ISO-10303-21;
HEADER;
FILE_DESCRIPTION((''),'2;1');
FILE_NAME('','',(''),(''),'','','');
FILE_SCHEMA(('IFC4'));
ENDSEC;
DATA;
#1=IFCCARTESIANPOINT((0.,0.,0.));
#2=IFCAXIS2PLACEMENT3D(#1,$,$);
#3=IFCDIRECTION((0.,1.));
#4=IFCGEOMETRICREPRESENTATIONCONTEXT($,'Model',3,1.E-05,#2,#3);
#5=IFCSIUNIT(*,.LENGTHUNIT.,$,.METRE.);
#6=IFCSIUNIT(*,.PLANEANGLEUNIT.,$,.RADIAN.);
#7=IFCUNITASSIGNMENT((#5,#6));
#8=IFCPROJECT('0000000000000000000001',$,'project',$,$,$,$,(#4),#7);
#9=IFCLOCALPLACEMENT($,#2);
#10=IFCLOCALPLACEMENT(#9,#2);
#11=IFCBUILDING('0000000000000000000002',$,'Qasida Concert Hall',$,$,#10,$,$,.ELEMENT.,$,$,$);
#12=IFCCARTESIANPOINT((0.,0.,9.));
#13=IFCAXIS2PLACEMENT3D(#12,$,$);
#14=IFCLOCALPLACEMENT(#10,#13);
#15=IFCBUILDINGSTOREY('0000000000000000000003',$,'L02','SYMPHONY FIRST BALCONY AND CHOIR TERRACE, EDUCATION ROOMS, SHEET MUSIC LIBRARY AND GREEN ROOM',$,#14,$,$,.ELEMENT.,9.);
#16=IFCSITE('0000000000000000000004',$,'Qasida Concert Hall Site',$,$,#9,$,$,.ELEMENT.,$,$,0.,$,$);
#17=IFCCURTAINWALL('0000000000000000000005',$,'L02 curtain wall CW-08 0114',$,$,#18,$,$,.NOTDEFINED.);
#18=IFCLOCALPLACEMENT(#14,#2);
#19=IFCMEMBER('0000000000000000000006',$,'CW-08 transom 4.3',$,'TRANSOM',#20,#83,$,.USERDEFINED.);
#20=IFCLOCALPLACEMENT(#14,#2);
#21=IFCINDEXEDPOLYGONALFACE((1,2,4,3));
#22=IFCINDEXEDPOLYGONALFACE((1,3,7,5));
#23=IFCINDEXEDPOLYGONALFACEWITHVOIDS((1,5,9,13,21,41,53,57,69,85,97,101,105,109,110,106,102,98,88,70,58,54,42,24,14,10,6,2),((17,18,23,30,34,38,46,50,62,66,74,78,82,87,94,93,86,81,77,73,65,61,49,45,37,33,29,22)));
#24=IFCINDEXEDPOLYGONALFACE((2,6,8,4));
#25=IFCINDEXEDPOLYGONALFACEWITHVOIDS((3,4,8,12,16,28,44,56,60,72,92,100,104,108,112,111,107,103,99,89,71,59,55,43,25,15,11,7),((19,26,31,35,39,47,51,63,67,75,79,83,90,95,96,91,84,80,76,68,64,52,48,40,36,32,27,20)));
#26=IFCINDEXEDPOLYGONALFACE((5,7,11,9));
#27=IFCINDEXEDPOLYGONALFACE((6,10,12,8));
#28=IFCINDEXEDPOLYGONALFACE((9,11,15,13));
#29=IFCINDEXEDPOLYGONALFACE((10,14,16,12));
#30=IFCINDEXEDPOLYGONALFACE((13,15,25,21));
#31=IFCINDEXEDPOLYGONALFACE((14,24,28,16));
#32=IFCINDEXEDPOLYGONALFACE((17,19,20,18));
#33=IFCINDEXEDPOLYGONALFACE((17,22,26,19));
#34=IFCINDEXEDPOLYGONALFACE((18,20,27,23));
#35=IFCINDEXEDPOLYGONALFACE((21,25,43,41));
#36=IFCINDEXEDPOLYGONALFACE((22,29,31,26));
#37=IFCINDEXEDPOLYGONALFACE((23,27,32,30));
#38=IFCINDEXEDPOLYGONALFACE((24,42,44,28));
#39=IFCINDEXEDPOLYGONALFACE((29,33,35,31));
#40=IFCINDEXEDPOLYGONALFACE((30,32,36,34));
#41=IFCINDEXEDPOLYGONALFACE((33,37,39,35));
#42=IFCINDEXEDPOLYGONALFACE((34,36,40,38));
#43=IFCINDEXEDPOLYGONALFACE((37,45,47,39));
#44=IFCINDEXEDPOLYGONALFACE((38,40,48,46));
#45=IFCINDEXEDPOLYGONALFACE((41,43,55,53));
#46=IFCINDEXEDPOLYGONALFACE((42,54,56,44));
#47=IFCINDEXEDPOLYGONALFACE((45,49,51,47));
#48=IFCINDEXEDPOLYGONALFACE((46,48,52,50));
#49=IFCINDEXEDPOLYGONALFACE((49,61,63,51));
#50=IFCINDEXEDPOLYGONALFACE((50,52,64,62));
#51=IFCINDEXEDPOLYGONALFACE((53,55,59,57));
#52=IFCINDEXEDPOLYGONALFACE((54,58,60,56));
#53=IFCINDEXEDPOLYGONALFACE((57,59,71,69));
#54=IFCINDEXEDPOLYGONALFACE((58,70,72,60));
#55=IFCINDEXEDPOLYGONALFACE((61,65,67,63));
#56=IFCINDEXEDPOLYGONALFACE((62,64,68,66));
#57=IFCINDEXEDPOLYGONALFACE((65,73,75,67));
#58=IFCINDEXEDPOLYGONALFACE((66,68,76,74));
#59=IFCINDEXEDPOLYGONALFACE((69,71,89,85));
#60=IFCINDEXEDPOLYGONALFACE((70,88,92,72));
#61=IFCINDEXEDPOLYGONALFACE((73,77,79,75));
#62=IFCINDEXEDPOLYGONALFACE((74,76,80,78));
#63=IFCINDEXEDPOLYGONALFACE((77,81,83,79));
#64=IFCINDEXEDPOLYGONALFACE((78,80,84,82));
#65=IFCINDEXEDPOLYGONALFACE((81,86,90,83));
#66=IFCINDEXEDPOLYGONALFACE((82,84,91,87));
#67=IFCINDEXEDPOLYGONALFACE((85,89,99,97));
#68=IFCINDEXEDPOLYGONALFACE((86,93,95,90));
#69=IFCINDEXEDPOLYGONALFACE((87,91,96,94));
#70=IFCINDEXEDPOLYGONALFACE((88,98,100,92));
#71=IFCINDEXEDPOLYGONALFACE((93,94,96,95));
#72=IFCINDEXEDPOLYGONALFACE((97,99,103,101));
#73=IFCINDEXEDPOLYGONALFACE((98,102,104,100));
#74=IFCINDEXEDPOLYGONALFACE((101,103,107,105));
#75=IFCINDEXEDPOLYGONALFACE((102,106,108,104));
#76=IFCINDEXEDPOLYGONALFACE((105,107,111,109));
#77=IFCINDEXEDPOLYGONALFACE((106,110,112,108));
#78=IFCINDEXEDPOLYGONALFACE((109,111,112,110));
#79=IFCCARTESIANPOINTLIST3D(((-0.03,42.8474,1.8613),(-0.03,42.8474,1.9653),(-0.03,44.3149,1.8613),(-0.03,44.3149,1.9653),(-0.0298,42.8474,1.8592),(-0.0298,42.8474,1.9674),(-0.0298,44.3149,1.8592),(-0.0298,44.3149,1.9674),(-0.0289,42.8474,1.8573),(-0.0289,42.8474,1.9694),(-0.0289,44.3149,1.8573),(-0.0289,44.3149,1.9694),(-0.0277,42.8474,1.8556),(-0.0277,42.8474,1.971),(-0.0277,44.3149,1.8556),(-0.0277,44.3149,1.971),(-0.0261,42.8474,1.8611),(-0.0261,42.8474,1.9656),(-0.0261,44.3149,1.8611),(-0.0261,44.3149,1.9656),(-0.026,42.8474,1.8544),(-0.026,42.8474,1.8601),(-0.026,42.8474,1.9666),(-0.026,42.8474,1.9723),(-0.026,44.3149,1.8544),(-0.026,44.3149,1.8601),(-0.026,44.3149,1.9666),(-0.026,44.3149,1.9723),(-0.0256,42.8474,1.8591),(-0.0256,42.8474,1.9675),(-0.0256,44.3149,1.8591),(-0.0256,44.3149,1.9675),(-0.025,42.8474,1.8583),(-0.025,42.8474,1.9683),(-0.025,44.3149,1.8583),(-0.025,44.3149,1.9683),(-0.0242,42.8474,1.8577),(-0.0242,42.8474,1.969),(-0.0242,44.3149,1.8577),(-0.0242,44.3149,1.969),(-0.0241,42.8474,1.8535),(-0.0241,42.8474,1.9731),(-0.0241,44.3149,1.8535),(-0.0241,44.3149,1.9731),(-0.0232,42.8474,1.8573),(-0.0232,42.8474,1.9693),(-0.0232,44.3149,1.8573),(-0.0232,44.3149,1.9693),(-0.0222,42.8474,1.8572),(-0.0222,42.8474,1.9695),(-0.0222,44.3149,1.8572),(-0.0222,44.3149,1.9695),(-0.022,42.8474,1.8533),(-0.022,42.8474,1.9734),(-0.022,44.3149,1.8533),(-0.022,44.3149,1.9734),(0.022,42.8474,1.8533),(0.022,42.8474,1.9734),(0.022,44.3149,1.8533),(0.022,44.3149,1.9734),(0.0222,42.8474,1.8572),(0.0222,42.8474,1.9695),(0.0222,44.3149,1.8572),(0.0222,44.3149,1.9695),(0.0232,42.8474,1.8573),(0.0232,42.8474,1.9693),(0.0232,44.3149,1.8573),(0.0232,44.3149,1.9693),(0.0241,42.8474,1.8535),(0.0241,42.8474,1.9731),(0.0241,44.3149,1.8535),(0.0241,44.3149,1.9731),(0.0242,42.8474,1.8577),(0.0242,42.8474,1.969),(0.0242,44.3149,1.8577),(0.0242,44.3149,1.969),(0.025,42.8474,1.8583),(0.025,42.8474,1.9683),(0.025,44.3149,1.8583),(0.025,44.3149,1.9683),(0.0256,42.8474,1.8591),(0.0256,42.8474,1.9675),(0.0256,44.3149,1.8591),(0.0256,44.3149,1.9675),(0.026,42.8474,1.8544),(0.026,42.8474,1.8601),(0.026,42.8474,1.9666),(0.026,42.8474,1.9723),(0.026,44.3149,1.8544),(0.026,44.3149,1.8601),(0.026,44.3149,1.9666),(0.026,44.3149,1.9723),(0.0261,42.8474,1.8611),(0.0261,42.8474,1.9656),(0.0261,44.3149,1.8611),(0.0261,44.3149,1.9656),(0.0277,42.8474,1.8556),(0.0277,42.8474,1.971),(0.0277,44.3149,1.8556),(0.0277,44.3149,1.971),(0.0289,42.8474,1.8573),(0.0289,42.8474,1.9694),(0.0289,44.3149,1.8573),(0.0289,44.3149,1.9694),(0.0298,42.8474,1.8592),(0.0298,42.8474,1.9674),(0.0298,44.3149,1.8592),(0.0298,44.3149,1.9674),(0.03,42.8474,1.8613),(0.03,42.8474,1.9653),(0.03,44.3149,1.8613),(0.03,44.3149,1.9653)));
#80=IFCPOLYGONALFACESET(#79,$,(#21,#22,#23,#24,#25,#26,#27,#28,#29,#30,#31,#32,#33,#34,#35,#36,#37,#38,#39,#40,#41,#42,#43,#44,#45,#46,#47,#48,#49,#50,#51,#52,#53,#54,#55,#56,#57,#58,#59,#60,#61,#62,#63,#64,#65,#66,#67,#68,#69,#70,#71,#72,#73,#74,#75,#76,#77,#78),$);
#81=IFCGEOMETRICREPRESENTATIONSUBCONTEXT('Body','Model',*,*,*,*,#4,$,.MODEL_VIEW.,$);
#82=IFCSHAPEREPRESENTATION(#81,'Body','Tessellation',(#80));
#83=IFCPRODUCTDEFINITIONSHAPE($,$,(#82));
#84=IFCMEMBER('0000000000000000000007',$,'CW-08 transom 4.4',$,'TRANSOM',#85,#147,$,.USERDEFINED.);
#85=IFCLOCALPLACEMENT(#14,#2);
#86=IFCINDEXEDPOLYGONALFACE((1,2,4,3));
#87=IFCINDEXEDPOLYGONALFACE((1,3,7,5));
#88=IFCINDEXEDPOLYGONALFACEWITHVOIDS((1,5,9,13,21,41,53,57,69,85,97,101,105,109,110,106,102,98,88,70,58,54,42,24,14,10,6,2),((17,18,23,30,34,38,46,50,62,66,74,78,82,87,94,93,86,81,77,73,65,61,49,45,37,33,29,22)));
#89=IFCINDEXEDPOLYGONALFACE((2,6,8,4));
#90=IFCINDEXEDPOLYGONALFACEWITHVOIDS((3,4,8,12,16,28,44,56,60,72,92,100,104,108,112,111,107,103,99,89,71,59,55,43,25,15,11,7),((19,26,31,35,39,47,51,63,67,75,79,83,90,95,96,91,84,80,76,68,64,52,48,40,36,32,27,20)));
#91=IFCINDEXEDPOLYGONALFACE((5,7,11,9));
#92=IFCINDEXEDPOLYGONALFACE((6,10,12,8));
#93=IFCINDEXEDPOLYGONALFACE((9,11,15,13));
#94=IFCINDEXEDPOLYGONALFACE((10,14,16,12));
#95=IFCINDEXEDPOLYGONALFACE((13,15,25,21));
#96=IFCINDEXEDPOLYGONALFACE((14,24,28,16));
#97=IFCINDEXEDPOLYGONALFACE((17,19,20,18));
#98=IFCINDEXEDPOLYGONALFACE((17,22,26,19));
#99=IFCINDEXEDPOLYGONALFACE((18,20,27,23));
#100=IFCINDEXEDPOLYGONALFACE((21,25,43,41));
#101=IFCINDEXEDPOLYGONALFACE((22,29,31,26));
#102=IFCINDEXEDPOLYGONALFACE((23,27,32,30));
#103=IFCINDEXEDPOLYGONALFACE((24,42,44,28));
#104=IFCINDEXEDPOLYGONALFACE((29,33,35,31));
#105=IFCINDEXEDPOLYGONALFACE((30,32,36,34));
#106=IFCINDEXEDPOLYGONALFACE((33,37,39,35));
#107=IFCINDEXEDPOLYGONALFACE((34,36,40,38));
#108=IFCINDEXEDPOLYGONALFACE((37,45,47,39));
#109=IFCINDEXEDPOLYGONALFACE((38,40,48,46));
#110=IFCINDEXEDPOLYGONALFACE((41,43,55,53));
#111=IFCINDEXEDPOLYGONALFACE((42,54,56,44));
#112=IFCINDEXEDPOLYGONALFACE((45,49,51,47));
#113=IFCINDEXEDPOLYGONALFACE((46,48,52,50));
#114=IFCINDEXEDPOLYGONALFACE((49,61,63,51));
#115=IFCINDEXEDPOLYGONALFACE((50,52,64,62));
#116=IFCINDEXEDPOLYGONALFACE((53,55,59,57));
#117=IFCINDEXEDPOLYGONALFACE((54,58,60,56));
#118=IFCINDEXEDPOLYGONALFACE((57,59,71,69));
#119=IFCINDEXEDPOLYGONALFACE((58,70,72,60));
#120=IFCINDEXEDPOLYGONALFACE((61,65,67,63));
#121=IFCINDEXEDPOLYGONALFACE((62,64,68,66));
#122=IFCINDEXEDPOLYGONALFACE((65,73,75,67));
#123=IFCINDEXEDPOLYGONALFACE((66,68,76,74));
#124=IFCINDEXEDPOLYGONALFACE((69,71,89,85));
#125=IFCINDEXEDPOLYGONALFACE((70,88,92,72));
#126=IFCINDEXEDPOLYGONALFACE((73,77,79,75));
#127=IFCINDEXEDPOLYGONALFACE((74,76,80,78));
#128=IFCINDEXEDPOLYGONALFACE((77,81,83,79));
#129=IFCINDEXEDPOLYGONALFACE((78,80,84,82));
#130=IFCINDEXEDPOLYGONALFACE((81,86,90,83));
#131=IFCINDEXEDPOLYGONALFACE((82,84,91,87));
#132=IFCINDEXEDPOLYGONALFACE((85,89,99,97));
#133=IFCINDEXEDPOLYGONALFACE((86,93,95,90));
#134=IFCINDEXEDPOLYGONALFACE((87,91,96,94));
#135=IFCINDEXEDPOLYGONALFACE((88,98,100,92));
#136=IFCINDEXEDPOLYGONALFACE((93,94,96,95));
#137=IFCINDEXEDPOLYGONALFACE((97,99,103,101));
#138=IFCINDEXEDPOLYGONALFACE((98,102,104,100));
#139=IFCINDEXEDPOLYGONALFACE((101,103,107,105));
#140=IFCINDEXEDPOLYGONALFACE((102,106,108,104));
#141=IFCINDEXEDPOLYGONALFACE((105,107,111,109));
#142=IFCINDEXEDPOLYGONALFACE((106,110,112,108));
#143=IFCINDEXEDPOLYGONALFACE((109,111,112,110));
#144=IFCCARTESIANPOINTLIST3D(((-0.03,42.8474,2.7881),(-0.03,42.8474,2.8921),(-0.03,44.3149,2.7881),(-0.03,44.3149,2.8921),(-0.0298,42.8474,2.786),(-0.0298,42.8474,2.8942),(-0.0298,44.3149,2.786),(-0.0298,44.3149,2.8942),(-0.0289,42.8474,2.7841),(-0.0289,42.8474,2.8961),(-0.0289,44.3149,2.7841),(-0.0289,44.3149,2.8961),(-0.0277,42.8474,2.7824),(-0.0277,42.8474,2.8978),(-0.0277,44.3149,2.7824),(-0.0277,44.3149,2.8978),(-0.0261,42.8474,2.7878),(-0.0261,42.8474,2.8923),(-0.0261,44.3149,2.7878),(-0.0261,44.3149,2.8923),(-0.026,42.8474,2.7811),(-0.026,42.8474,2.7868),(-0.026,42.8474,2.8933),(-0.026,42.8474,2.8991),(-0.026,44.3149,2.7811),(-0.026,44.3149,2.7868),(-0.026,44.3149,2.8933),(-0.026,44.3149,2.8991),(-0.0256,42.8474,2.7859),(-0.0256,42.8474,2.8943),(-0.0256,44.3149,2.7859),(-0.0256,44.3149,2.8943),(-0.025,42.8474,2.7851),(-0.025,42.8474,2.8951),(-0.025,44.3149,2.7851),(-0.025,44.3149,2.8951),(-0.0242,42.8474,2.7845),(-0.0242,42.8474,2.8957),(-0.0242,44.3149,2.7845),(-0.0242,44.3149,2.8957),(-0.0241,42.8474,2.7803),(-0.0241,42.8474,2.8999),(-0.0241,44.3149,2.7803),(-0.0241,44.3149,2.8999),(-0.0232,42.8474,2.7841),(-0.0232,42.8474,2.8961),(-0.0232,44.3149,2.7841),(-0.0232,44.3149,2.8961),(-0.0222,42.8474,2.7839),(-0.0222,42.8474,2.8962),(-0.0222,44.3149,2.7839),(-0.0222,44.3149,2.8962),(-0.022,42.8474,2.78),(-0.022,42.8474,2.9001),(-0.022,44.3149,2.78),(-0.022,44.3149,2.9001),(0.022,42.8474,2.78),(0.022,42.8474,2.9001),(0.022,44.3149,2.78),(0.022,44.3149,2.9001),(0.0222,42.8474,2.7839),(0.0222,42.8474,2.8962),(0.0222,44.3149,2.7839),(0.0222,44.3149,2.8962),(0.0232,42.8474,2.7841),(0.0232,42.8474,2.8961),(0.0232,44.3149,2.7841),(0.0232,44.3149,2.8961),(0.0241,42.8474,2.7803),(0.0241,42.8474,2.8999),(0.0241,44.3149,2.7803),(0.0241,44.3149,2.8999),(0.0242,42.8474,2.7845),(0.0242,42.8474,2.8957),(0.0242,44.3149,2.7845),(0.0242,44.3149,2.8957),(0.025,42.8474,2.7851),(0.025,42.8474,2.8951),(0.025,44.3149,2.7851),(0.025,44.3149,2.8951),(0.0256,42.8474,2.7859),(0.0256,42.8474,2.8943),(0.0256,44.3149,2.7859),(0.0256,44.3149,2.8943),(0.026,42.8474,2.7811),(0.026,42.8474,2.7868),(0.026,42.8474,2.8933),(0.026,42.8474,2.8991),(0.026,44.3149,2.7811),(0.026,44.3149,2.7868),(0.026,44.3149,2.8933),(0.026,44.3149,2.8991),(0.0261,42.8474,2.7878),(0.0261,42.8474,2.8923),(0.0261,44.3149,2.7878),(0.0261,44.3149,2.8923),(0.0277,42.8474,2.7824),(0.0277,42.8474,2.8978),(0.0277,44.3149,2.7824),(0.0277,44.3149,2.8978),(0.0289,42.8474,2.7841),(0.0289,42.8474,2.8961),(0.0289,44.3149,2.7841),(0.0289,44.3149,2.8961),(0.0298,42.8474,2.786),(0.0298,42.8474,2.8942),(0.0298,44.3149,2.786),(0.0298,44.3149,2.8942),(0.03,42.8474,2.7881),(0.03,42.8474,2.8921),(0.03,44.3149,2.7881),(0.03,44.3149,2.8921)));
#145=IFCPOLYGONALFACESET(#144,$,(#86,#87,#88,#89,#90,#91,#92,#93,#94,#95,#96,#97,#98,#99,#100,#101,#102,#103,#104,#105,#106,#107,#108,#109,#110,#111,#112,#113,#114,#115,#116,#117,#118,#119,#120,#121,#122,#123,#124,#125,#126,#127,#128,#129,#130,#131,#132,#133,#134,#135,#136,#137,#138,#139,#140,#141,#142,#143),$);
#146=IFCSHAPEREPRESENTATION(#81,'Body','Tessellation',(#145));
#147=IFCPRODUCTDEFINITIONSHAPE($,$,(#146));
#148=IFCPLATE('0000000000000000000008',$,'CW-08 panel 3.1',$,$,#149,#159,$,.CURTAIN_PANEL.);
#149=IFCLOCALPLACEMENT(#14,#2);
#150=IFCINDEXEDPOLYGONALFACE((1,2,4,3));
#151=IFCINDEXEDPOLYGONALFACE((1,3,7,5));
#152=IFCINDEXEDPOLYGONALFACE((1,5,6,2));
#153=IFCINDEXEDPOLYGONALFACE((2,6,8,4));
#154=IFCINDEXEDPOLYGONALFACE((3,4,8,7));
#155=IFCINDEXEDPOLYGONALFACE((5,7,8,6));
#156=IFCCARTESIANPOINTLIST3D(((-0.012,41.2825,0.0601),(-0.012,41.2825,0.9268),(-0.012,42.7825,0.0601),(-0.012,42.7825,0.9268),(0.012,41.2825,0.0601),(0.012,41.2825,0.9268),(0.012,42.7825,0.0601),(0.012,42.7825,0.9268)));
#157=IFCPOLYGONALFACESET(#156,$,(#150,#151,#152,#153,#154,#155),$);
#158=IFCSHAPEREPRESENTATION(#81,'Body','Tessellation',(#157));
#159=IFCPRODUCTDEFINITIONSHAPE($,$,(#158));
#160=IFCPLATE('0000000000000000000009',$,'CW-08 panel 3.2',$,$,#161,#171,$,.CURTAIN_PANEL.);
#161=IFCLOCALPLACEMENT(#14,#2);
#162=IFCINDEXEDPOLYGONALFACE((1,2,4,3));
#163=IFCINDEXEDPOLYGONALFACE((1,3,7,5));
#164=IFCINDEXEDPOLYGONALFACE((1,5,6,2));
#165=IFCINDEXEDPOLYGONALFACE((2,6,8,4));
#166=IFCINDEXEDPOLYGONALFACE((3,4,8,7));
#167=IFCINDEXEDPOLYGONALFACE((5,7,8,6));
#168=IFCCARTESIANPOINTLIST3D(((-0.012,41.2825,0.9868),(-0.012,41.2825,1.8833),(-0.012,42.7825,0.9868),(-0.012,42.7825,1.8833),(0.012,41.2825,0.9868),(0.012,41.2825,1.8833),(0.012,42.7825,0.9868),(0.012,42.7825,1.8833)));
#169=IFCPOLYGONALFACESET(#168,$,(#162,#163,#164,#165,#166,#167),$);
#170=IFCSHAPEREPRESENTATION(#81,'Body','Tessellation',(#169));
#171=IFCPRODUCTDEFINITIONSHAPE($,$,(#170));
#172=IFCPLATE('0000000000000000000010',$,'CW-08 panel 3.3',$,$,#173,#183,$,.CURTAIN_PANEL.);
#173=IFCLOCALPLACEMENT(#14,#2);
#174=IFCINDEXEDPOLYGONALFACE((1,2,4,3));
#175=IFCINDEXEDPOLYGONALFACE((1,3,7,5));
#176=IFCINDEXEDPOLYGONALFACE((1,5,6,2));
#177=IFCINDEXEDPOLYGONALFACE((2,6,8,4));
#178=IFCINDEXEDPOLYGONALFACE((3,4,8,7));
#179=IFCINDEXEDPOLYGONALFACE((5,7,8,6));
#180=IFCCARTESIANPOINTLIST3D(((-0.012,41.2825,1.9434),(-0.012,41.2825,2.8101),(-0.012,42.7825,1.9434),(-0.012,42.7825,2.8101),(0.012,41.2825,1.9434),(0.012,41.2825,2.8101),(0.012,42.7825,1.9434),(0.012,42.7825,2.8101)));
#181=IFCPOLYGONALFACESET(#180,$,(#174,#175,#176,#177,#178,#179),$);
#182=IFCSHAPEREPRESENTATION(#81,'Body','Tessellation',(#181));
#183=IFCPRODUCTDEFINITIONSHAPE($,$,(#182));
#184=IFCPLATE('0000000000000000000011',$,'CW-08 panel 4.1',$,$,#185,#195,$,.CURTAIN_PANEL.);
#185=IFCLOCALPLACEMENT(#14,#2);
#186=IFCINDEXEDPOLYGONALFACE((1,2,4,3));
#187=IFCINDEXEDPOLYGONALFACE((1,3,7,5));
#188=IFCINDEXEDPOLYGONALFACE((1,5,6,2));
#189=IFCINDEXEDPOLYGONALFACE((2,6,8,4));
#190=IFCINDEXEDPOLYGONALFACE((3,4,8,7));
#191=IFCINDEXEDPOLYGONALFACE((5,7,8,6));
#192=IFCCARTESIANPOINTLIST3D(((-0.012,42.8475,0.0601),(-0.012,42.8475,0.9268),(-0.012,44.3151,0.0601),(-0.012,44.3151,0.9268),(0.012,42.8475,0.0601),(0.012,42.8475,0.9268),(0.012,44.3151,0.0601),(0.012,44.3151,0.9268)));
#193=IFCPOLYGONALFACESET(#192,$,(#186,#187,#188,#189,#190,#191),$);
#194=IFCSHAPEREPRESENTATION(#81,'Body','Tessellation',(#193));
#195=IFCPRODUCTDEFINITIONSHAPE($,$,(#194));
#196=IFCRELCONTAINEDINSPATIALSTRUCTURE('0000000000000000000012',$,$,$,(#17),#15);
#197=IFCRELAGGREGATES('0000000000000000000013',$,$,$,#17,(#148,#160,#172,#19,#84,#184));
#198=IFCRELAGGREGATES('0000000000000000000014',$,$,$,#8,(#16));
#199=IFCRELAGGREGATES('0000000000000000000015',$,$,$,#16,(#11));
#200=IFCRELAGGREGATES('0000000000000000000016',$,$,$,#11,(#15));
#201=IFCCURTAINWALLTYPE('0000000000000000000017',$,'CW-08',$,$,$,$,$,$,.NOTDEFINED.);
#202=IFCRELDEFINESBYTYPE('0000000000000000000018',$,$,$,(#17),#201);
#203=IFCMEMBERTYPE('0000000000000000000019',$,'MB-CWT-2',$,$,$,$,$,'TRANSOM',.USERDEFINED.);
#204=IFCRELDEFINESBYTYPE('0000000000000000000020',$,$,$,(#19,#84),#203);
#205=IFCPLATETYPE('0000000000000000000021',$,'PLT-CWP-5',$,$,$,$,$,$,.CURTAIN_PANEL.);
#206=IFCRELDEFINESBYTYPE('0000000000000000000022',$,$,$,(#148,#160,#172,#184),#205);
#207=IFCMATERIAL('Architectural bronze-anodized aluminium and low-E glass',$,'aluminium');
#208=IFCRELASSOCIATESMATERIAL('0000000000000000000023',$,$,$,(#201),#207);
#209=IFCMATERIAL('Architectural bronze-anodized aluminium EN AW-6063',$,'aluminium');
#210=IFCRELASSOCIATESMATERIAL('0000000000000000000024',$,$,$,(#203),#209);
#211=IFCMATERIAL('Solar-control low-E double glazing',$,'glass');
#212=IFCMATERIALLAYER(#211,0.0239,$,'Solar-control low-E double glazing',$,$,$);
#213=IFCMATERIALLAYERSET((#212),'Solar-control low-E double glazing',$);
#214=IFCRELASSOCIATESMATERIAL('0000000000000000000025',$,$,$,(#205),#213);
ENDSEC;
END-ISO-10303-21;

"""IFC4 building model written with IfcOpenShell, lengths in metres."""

from ifc_helpers import new_model, si_unit, direction, frame, origin, origin_2d, place, context, subcontext, project, spatial, rectangle, hollow_rectangle, extrude, material, layer, layer_set, material_profile, profile_set, type_object, element, aggregate, save


model = new_model("IFC4")

# Units and contexts
model_context = context("Model", 3, precision=1e-05, world=origin(), true_north=direction((0.0, 1.0)))
body_context = subcontext(model_context, "Body", "Model", "MODEL_VIEW")
ifc_project = project(units=[si_unit("LENGTHUNIT", "METRE"), si_unit("PLANEANGLEUNIT", "RADIAN")], contexts=[model_context])

# Site, building, storey
site_placement = place(None, origin())
site = spatial("IfcSite", under=ifc_project, at=site_placement, Name="Qasida Concert Hall Site", CompositionType="ELEMENT", RefElevation=0.0)
building_placement = place(site_placement, origin())
building = spatial("IfcBuilding", under=site, at=building_placement, Name="Qasida Concert Hall", CompositionType="ELEMENT")
storey_placement = place(building_placement, frame((0.0, 0.0, 9.0)))
storey = spatial("IfcBuildingStorey", under=building, at=storey_placement, Name="L02", Description="SYMPHONY FIRST BALCONY AND CHOIR TERRACE, EDUCATION ROOMS, SHEET MUSIC LIBRARY AND GREEN ROOM", CompositionType="ELEMENT", Elevation=9.0)

# Curtain wall, members, plates
ifc_material_1 = material(Name="Architectural bronze-anodized aluminium and low-E glass", Category="aluminium")
curtain_wall_type = type_object("IfcCurtainWallType", Name="CW-08", PredefinedType="NOTDEFINED", material=ifc_material_1)
curtain_wall_placement = place(storey_placement, origin())
curtain_wall = element("IfcCurtainWall", 1, at=curtain_wall_placement, inside=storey, type_object=curtain_wall_type, Name="L02 curtain wall CW-08 0114", PredefinedType="NOTDEFINED")
ifc_material_2 = material(Name="Architectural bronze-anodized aluminium EN AW-6063", Category="aluminium")
ifc_material_profile_1 = material_profile(ifc_material_2, hollow_rectangle(XDim=0.0601, YDim=0.1201, WallThickness=0.0039, InnerFilletRadius=0.0039, OuterFilletRadius=0.0081, at=origin_2d()), Name="CWT 120x60x4")
ifc_profile_set_1 = profile_set([ifc_material_profile_1], Name="Architectural bronze-anodized aluminium EN AW-6063")
member_type_1 = type_object("IfcMemberType", Name="MB-CWT-2", ElementType="TRANSOM", PredefinedType="USERDEFINED", material=ifc_profile_set_1)
member_1_placement = place(storey_placement, frame((0.0, 42.8474, 1.9133), z_axis=(0.0, 1.0, 0.0), x_axis=(-1.0, 0.0, 0.0)))
member_1 = element("IfcMember", 2, at=member_1_placement, type_object=member_type_1, Name="CW-08 transom 4.3", ObjectType="TRANSOM", PredefinedType="USERDEFINED", context=body_context, shape_type="SweptSolid", body=[
    extrude(hollow_rectangle(XDim=0.0601, YDim=0.1201, WallThickness=0.0039, InnerFilletRadius=0.0039, OuterFilletRadius=0.0081, at=origin_2d()), origin(), (0.0, 0.0, 1.0), 1.4675),
])
member_2_placement = place(storey_placement, frame((0.0, 42.8474, 2.8401), z_axis=(0.0, 1.0, 0.0), x_axis=(-1.0, 0.0, 0.0)))
member_2 = element("IfcMember", 3, at=member_2_placement, type_object=member_type_1, Name="CW-08 transom 4.4", ObjectType="TRANSOM", PredefinedType="USERDEFINED", context=body_context, shape_type="SweptSolid", body=[
    extrude(hollow_rectangle(XDim=0.0601, YDim=0.1201, WallThickness=0.0039, InnerFilletRadius=0.0039, OuterFilletRadius=0.0081, at=origin_2d()), origin(), (0.0, 0.0, 1.0), 1.4675),
])
ifc_material_3 = material(Name="Solar-control low-E double glazing", Category="glass")
ifc_layer_1 = layer(ifc_material_3, 0.0239, Name="Solar-control low-E double glazing")
ifc_layer_set_1 = layer_set([ifc_layer_1], Name="Solar-control low-E double glazing")
plate_type = type_object("IfcPlateType", Name="PLT-CWP-5", PredefinedType="CURTAIN_PANEL", material=ifc_layer_set_1)
plate_1_placement = place(storey_placement, frame((0.0, 42.0325, 0.0601), z_axis=(0.0, 0.0, 1.0), x_axis=(0.0, 1.0, 0.0)))
plate_1 = element("IfcPlate", 4, at=plate_1_placement, type_object=plate_type, Name="CW-08 panel 3.1", PredefinedType="CURTAIN_PANEL", context=body_context, shape_type="SweptSolid", body=[
    extrude(rectangle(XDim=1.5, YDim=0.0239, at=origin_2d()), origin(), (0.0, 0.0, 1.0), 0.8667),
])
plate_2_placement = place(storey_placement, frame((0.0, 42.0325, 0.9868), z_axis=(0.0, 0.0, 1.0), x_axis=(0.0, 1.0, 0.0)))
plate_2 = element("IfcPlate", 5, at=plate_2_placement, type_object=plate_type, Name="CW-08 panel 3.2", PredefinedType="CURTAIN_PANEL", context=body_context, shape_type="SweptSolid", body=[
    extrude(rectangle(XDim=1.5, YDim=0.0239, at=origin_2d()), origin(), (0.0, 0.0, 1.0), 0.8965),
])
plate_3_placement = place(storey_placement, frame((0.0, 42.0325, 1.9434), z_axis=(0.0, 0.0, 1.0), x_axis=(0.0, 1.0, 0.0)))
plate_3 = element("IfcPlate", 6, at=plate_3_placement, type_object=plate_type, Name="CW-08 panel 3.3", PredefinedType="CURTAIN_PANEL", context=body_context, shape_type="SweptSolid", body=[
    extrude(rectangle(XDim=1.5, YDim=0.0239, at=origin_2d()), origin(), (0.0, 0.0, 1.0), 0.8667),
])
plate_4_placement = place(storey_placement, frame((0.0, 43.5813, 0.0601), z_axis=(0.0, 0.0, 1.0), x_axis=(0.0, 1.0, 0.0)))
plate_4 = element("IfcPlate", 7, at=plate_4_placement, type_object=plate_type, Name="CW-08 panel 4.1", PredefinedType="CURTAIN_PANEL", context=body_context, shape_type="SweptSolid", body=[
    extrude(rectangle(XDim=1.4675, YDim=0.0239, at=origin_2d()), origin(), (0.0, 0.0, 1.0), 0.8667),
])
aggregate(curtain_wall, [plate_1, plate_2, plate_3, member_1, member_2, plate_4])

save(model, "model.ifc")
